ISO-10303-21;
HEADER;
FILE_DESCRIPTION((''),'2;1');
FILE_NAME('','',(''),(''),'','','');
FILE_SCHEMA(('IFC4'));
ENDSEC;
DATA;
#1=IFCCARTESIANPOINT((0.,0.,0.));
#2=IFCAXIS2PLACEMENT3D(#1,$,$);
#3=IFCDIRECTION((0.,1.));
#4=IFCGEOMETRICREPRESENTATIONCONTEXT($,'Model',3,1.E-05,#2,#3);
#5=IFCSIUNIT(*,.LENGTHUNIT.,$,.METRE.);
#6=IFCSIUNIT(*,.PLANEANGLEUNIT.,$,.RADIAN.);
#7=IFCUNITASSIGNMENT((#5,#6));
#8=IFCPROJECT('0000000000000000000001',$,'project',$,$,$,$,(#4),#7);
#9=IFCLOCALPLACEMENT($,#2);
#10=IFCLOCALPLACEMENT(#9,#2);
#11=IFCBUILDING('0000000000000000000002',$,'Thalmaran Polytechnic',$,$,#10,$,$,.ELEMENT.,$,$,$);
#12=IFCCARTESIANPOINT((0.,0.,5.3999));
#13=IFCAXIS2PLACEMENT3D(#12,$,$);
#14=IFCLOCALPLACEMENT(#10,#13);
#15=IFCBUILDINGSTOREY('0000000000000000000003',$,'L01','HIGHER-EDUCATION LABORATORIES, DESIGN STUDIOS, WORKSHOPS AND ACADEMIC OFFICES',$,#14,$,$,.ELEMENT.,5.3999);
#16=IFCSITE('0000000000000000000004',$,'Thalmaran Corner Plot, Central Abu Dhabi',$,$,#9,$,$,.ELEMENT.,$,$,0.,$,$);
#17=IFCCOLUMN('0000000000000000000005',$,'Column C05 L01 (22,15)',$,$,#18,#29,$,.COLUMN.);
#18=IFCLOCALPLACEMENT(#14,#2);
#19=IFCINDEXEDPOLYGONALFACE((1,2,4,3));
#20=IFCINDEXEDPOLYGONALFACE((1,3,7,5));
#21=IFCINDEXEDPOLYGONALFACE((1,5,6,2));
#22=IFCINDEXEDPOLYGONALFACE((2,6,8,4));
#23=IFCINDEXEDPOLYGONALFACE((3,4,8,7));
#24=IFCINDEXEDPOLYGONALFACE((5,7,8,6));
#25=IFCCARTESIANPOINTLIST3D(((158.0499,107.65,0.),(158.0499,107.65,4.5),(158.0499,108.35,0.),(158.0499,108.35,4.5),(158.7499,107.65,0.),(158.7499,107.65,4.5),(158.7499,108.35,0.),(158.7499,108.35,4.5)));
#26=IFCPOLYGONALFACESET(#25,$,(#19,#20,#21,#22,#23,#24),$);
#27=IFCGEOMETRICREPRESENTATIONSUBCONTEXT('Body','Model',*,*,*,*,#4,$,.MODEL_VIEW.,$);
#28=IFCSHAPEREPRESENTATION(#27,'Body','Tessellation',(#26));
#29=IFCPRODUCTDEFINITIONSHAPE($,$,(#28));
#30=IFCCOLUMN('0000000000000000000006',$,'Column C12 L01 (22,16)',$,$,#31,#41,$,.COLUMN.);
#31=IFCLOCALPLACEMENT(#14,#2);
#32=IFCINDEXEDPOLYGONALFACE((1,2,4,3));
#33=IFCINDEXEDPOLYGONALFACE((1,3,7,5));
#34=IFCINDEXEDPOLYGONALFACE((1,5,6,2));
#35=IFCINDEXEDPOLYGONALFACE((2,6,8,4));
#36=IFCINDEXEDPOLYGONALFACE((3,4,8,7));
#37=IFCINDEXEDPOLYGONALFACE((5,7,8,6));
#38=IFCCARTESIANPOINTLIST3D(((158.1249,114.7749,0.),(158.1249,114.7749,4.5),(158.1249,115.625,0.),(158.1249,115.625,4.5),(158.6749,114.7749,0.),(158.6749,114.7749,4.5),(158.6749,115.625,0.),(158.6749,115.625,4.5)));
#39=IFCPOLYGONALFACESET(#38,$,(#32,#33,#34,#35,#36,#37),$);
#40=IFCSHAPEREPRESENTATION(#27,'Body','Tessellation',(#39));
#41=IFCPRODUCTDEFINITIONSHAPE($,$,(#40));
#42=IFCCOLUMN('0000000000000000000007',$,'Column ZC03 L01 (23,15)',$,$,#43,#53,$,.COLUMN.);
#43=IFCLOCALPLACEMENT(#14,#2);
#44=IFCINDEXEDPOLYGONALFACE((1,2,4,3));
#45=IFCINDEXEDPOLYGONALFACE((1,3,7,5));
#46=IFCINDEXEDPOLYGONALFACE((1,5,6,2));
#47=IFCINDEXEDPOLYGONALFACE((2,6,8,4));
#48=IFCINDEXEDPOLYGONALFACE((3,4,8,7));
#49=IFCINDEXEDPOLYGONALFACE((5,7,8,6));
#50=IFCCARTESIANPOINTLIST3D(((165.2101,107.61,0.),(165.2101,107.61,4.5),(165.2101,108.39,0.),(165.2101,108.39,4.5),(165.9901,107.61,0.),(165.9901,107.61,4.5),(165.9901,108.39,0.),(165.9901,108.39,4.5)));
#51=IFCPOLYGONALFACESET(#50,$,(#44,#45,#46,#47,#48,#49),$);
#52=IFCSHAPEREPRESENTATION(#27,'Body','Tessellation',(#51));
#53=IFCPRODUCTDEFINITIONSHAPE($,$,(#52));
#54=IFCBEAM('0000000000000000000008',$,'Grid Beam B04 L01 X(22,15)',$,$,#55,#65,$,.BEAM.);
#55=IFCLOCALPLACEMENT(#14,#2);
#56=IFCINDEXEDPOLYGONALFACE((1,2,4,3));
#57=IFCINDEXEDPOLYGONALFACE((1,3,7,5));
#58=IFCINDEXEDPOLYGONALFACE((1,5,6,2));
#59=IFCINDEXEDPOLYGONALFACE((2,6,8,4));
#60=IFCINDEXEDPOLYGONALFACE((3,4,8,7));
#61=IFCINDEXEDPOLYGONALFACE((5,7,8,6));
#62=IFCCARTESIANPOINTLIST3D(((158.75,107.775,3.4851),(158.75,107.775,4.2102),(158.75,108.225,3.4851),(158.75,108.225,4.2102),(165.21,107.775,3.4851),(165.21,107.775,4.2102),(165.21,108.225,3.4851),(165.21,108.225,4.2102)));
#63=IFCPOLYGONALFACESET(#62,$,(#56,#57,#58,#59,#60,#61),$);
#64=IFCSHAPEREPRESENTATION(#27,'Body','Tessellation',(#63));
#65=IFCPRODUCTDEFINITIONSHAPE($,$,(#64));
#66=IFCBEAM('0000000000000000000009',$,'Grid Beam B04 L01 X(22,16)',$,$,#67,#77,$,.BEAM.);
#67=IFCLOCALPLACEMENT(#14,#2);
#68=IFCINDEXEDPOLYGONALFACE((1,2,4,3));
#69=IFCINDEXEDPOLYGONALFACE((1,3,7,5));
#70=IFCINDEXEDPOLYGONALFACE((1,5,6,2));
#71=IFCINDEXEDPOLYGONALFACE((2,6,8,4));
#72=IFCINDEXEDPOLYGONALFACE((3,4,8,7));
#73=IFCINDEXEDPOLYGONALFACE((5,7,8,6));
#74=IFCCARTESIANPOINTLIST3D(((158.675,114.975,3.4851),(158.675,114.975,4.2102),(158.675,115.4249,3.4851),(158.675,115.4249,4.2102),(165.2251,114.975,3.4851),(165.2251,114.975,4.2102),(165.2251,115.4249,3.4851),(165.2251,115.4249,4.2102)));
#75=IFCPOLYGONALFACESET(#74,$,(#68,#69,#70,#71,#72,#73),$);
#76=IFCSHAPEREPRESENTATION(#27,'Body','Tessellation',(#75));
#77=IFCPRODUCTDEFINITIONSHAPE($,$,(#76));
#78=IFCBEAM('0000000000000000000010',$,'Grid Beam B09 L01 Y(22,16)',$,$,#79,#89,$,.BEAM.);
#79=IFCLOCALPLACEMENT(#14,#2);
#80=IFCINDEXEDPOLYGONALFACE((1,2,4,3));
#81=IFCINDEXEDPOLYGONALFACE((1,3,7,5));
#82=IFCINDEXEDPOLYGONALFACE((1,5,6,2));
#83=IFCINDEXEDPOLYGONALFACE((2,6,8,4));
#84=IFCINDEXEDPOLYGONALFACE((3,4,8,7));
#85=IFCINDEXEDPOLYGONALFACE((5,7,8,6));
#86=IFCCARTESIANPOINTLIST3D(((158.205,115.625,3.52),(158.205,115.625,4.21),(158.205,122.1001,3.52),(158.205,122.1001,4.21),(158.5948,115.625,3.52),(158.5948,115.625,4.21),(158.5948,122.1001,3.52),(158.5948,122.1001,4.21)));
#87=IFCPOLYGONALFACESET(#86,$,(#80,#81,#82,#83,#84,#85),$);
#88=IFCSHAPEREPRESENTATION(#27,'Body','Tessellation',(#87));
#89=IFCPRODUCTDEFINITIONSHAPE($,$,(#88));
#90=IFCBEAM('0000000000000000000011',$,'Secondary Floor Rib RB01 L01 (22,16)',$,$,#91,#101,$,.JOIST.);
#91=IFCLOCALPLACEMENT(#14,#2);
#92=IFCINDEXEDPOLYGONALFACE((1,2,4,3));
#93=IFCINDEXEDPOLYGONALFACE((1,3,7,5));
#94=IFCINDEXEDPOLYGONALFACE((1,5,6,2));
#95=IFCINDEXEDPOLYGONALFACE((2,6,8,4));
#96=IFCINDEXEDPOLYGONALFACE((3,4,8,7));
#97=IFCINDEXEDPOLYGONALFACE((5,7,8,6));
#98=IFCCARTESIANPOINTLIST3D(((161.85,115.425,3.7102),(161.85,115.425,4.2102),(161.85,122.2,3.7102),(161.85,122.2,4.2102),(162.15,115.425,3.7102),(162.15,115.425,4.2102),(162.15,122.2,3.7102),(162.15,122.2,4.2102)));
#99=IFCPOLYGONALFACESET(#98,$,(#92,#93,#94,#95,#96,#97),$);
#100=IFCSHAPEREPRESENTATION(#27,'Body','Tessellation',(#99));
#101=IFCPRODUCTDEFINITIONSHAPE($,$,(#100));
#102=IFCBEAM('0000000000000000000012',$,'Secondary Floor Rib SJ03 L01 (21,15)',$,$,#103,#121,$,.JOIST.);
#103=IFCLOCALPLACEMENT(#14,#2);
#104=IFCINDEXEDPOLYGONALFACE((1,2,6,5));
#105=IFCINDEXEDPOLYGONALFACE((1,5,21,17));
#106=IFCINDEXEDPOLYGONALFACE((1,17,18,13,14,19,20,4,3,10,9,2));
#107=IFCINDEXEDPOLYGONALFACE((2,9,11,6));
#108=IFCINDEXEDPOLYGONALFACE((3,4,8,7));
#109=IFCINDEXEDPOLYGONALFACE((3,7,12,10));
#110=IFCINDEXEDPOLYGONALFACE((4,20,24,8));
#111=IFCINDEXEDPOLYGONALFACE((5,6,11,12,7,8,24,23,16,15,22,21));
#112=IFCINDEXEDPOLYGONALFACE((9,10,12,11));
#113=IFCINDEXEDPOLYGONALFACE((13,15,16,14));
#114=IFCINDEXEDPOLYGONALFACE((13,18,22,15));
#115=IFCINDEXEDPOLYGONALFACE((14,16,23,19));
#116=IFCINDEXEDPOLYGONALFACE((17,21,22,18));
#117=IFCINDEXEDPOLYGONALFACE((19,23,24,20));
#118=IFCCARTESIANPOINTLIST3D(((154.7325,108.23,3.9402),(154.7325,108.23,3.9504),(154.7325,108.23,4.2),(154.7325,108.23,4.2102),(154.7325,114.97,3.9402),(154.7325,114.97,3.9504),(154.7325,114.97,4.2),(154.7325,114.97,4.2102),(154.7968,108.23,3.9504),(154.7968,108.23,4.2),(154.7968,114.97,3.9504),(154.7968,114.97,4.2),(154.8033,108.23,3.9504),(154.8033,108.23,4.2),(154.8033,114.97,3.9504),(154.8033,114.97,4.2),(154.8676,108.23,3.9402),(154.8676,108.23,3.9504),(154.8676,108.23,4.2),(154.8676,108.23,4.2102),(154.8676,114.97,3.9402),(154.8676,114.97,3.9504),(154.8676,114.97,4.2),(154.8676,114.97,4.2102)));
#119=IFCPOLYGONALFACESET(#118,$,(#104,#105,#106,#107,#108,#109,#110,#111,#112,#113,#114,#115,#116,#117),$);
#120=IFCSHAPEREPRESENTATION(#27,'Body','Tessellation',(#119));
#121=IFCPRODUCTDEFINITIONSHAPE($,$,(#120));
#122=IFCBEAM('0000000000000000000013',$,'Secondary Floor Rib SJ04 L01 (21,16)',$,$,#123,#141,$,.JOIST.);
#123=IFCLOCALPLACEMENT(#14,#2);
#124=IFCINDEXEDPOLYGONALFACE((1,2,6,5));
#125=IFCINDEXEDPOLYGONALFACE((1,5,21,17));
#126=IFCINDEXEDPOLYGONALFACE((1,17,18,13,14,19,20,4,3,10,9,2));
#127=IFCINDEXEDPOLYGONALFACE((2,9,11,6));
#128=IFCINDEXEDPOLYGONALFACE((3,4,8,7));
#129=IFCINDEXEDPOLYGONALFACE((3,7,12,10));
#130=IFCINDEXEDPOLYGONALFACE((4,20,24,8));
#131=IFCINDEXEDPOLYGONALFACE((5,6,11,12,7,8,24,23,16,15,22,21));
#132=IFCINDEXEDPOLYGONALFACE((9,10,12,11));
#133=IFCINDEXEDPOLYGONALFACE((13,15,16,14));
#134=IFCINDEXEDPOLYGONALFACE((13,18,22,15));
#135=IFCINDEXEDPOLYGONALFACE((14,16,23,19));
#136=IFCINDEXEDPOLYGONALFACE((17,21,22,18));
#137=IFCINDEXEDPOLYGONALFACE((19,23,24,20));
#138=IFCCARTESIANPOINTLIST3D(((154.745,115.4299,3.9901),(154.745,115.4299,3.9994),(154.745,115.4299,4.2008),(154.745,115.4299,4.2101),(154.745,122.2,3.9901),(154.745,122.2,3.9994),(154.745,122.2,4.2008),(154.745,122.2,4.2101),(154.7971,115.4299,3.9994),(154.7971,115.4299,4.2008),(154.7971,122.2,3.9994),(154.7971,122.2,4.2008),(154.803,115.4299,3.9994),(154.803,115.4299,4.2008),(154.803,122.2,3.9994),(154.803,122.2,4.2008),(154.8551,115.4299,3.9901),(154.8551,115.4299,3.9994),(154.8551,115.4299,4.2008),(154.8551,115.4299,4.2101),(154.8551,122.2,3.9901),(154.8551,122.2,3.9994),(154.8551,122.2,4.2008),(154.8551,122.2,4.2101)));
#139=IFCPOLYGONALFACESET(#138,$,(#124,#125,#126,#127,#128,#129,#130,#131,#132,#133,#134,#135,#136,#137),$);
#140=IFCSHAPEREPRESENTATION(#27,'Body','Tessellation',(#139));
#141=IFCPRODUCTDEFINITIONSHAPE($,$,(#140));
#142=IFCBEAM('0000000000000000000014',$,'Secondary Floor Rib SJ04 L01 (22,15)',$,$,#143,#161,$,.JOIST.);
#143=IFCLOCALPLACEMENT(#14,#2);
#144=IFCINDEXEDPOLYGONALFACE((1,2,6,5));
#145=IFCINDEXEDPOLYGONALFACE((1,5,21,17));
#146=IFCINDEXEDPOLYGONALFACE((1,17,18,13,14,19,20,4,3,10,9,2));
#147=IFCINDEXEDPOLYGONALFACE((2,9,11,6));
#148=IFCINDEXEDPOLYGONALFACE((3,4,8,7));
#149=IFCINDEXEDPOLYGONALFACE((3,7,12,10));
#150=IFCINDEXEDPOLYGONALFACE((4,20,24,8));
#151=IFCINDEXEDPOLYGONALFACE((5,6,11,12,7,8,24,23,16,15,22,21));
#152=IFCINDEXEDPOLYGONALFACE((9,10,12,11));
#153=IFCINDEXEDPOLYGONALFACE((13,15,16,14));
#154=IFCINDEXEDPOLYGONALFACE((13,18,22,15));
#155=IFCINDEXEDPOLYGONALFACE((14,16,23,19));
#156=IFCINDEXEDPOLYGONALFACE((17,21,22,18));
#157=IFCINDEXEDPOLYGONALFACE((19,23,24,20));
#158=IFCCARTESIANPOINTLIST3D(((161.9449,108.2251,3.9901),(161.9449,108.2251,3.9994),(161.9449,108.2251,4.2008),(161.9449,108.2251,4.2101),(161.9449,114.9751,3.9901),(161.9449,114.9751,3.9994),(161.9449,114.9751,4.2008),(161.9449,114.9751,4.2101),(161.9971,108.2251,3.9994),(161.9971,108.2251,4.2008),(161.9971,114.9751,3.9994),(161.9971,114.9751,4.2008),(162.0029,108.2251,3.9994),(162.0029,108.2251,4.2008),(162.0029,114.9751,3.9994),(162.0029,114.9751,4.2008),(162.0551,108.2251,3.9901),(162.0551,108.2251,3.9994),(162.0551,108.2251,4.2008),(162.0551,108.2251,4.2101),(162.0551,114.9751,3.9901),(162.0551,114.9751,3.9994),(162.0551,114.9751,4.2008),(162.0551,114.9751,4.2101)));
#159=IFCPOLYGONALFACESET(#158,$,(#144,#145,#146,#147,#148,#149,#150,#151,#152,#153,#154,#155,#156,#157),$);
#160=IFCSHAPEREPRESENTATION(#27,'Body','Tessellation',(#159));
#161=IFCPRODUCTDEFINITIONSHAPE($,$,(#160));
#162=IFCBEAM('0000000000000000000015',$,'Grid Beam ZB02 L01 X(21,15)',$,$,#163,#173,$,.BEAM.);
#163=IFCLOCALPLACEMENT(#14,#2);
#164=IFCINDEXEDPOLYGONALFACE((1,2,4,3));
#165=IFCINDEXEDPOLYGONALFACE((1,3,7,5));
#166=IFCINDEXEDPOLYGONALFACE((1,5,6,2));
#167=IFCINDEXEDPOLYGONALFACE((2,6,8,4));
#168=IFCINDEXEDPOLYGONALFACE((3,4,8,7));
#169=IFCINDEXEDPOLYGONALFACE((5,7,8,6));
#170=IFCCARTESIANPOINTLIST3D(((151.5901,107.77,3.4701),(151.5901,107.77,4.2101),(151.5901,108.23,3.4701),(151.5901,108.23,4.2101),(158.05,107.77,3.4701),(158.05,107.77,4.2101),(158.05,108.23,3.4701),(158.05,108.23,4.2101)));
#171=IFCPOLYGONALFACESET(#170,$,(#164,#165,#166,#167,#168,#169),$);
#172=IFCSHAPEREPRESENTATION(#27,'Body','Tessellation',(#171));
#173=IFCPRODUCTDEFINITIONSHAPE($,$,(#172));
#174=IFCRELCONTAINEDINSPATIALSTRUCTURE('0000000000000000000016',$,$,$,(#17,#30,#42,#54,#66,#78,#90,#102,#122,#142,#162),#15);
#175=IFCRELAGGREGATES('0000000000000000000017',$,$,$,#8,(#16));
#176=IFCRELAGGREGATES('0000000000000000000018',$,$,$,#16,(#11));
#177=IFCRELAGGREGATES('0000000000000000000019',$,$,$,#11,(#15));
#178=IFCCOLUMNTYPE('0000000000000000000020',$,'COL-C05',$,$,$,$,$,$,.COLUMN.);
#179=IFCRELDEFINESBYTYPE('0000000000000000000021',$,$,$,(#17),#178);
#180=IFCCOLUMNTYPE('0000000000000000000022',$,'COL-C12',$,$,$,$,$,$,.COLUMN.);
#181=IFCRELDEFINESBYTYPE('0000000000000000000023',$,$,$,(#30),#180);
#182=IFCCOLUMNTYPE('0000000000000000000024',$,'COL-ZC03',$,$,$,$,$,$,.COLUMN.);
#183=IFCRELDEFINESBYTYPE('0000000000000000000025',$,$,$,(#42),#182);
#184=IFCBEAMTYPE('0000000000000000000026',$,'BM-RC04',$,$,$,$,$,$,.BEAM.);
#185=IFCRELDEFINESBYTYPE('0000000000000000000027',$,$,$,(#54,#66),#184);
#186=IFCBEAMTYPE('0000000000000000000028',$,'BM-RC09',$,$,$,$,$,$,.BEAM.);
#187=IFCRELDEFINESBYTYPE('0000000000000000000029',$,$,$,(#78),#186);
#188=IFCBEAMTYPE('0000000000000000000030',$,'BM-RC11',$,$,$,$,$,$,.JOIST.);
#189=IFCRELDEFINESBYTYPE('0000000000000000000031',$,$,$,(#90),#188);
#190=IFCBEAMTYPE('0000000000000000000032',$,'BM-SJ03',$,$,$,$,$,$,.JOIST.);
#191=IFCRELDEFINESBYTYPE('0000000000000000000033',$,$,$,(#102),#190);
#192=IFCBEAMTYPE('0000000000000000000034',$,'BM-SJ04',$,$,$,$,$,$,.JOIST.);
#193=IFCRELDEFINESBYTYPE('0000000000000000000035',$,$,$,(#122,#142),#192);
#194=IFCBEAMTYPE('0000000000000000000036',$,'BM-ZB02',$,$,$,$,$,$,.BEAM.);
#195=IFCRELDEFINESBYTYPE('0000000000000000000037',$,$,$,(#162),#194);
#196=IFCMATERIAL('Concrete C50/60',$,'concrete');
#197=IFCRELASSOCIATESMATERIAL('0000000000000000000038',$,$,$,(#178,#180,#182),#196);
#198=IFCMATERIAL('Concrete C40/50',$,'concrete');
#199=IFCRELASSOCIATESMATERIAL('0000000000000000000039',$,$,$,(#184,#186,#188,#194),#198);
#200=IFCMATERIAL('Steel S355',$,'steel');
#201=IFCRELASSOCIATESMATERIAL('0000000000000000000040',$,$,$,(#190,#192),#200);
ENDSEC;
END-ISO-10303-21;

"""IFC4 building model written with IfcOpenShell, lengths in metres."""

from ifc_helpers import new_model, si_unit, direction, frame, origin, origin_2d, place, context, subcontext, project, spatial, rectangle, i_section, extrude, material, material_profile, profile_set, type_object, element, save


model = new_model("IFC4")

# Units and contexts
model_context = context("Model", 3, precision=1e-05, world=origin(), true_north=direction((0.0, 1.0)))
body_context = subcontext(model_context, "Body", "Model", "MODEL_VIEW")
ifc_project = project(units=[si_unit("LENGTHUNIT", "METRE"), si_unit("PLANEANGLEUNIT", "RADIAN")], contexts=[model_context])

# Site, building, storey
site_placement = place(None, origin())
site = spatial("IfcSite", under=ifc_project, at=site_placement, Name="Thalmaran Corner Plot, Central Abu Dhabi", CompositionType="ELEMENT", RefElevation=0.0)
building_placement = place(site_placement, origin())
building = spatial("IfcBuilding", under=site, at=building_placement, Name="Thalmaran Polytechnic", CompositionType="ELEMENT")
storey_placement = place(building_placement, frame((0.0, 0.0, 5.3999)))
storey = spatial("IfcBuildingStorey", under=building, at=storey_placement, Name="L01", Description="HIGHER-EDUCATION LABORATORIES, DESIGN STUDIOS, WORKSHOPS AND ACADEMIC OFFICES", CompositionType="ELEMENT", Elevation=5.3999)

# Columns
ifc_material_1 = material(Name="Concrete C50/60", Category="concrete")
ifc_material_profile_1 = material_profile(ifc_material_1, rectangle(XDim=0.7, YDim=0.7, at=origin_2d()), Name="RC 700x700")
ifc_profile_set_1 = profile_set([ifc_material_profile_1], Name="Concrete C50/60")
column_type_1 = type_object("IfcColumnType", Name="COL-C05", PredefinedType="COLUMN", material=ifc_profile_set_1)
column_1_placement = place(storey_placement, frame((158.3999, 108.0, 0.0), z_axis=(0.0, 0.0, 1.0), x_axis=(1.0, 0.0, 0.0)))
element("IfcColumn", 1, at=column_1_placement, inside=storey, type_object=column_type_1, Name="Column C05 L01 (22,15)", PredefinedType="COLUMN", context=body_context, shape_type="SweptSolid", body=[
    extrude(rectangle(XDim=0.7, YDim=0.7, at=origin_2d()), origin(), (0.0, 0.0, 1.0), 4.5),
])
ifc_material_profile_2 = material_profile(ifc_material_1, rectangle(XDim=0.55, YDim=0.8501, at=origin_2d()), Name="RC 550x850")
ifc_profile_set_2 = profile_set([ifc_material_profile_2], Name="Concrete C50/60")
column_type_2 = type_object("IfcColumnType", Name="COL-C12", PredefinedType="COLUMN", material=ifc_profile_set_2)
column_2_placement = place(storey_placement, frame((158.3999, 115.2, 0.0), z_axis=(0.0, 0.0, 1.0), x_axis=(1.0, 0.0, 0.0)))
element("IfcColumn", 2, at=column_2_placement, inside=storey, type_object=column_type_2, Name="Column C12 L01 (22,16)", PredefinedType="COLUMN", context=body_context, shape_type="SweptSolid", body=[
    extrude(rectangle(XDim=0.55, YDim=0.8501, at=origin_2d()), origin(), (0.0, 0.0, 1.0), 4.5),
])
ifc_material_profile_3 = material_profile(ifc_material_1, rectangle(XDim=0.78, YDim=0.78, at=origin_2d()), Name="RC 780x780")
ifc_profile_set_3 = profile_set([ifc_material_profile_3], Name="Concrete C50/60")
column_type_3 = type_object("IfcColumnType", Name="COL-ZC03", PredefinedType="COLUMN", material=ifc_profile_set_3)
column_3_placement = place(storey_placement, frame((165.6001, 108.0, 0.0), z_axis=(0.0, 0.0, 1.0), x_axis=(1.0, 0.0, 0.0)))
element("IfcColumn", 3, at=column_3_placement, inside=storey, type_object=column_type_3, Name="Column ZC03 L01 (23,15)", PredefinedType="COLUMN", context=body_context, shape_type="SweptSolid", body=[
    extrude(rectangle(XDim=0.78, YDim=0.78, at=origin_2d()), origin(), (0.0, 0.0, 1.0), 4.5),
])

# Beams
ifc_material_2 = material(Name="Concrete C40/50", Category="concrete")
ifc_material_profile_4 = material_profile(ifc_material_2, rectangle(XDim=0.45, YDim=0.7251, at=origin_2d()), Name="RC 450x725")
ifc_profile_set_4 = profile_set([ifc_material_profile_4], Name="Concrete C40/50")
beam_type_1 = type_object("IfcBeamType", Name="BM-RC04", PredefinedType="BEAM", material=ifc_profile_set_4)
beam_1_placement = place(storey_placement, frame((158.75, 108.0, 3.8477), z_axis=(1.0, 0.0, 0.0), x_axis=(0.0, 1.0, 0.0)))
element("IfcBeam", 4, at=beam_1_placement, inside=storey, type_object=beam_type_1, Name="Grid Beam B04 L01 X(22,15)", PredefinedType="BEAM", context=body_context, shape_type="SweptSolid", body=[
    extrude(rectangle(XDim=0.45, YDim=0.7251, at=origin_2d()), origin(), (0.0, 0.0, 1.0), 6.46),
])
beam_2_placement = place(storey_placement, frame((158.675, 115.2, 3.8477), z_axis=(1.0, 0.0, 0.0), x_axis=(0.0, 1.0, 0.0)))
element("IfcBeam", 5, at=beam_2_placement, inside=storey, type_object=beam_type_1, Name="Grid Beam B04 L01 X(22,16)", PredefinedType="BEAM", context=body_context, shape_type="SweptSolid", body=[
    extrude(rectangle(XDim=0.45, YDim=0.7251, at=origin_2d()), origin(), (0.0, 0.0, 1.0), 6.55),
])
ifc_material_profile_5 = material_profile(ifc_material_2, rectangle(XDim=0.3899, YDim=0.6899, at=origin_2d()), Name="RC 390x690")
ifc_profile_set_5 = profile_set([ifc_material_profile_5], Name="Concrete C40/50")
beam_type_2 = type_object("IfcBeamType", Name="BM-RC09", PredefinedType="BEAM", material=ifc_profile_set_5)
beam_3_placement = place(storey_placement, frame((158.3999, 115.625, 3.865), z_axis=(0.0, 1.0, 0.0), x_axis=(-1.0, 0.0, 0.0)))
element("IfcBeam", 6, at=beam_3_placement, inside=storey, type_object=beam_type_2, Name="Grid Beam B09 L01 Y(22,16)", PredefinedType="BEAM", context=body_context, shape_type="SweptSolid", body=[
    extrude(rectangle(XDim=0.3899, YDim=0.6899, at=origin_2d()), origin(), (0.0, 0.0, 1.0), 6.4751),
])
ifc_material_profile_6 = material_profile(ifc_material_2, rectangle(XDim=0.3, YDim=0.5, at=origin_2d()), Name="RC 300x500")
ifc_profile_set_6 = profile_set([ifc_material_profile_6], Name="Concrete C40/50")
beam_type_3 = type_object("IfcBeamType", Name="BM-RC11", PredefinedType="JOIST", material=ifc_profile_set_6)
beam_4_placement = place(storey_placement, frame((162.0, 115.425, 3.9602), z_axis=(0.0, 1.0, 0.0), x_axis=(-1.0, 0.0, 0.0)))
element("IfcBeam", 7, at=beam_4_placement, inside=storey, type_object=beam_type_3, Name="Secondary Floor Rib RB01 L01 (22,16)", PredefinedType="JOIST", context=body_context, shape_type="SweptSolid", body=[
    extrude(rectangle(XDim=0.3, YDim=0.5, at=origin_2d()), origin(), (0.0, 0.0, 1.0), 6.7749),
])
ifc_material_3 = material(Name="Steel S355", Category="steel")
ifc_material_profile_7 = material_profile(ifc_material_3, i_section(OverallWidth=0.135, OverallDepth=0.27, WebThickness=0.0066, FlangeThickness=0.0103, at=origin_2d()), Name="IPE 270")
ifc_profile_set_7 = profile_set([ifc_material_profile_7], Name="Steel S355")
beam_type_4 = type_object("IfcBeamType", Name="BM-SJ03", PredefinedType="JOIST", material=ifc_profile_set_7)
beam_5_placement = place(storey_placement, frame((154.8, 108.23, 4.0752), z_axis=(0.0, 1.0, 0.0), x_axis=(-1.0, 0.0, 0.0)))
element("IfcBeam", 8, at=beam_5_placement, inside=storey, type_object=beam_type_4, Name="Secondary Floor Rib SJ03 L01 (21,15)", PredefinedType="JOIST", context=body_context, shape_type="SweptSolid", body=[
    extrude(i_section(OverallWidth=0.135, OverallDepth=0.27, WebThickness=0.0066, FlangeThickness=0.0103, at=origin_2d()), origin(), (0.0, 0.0, 1.0), 6.74),
])
ifc_material_profile_8 = material_profile(ifc_material_3, i_section(OverallWidth=0.1101, OverallDepth=0.22, WebThickness=0.0059, FlangeThickness=0.0093, at=origin_2d()), Name="IPE 220")
ifc_profile_set_8 = profile_set([ifc_material_profile_8], Name="Steel S355")
beam_type_5 = type_object("IfcBeamType", Name="BM-SJ04", PredefinedType="JOIST", material=ifc_profile_set_8)
beam_6_placement = place(storey_placement, frame((154.8, 115.4299, 4.1001), z_axis=(0.0, 1.0, 0.0), x_axis=(-1.0, 0.0, 0.0)))
element("IfcBeam", 9, at=beam_6_placement, inside=storey, type_object=beam_type_5, Name="Secondary Floor Rib SJ04 L01 (21,16)", PredefinedType="JOIST", context=body_context, shape_type="SweptSolid", body=[
    extrude(i_section(OverallWidth=0.1101, OverallDepth=0.22, WebThickness=0.0059, FlangeThickness=0.0093, at=origin_2d()), origin(), (0.0, 0.0, 1.0), 6.77),
])
beam_7_placement = place(storey_placement, frame((162.0, 108.2251, 4.1001), z_axis=(0.0, 1.0, 0.0), x_axis=(-1.0, 0.0, 0.0)))
element("IfcBeam", 10, at=beam_7_placement, inside=storey, type_object=beam_type_5, Name="Secondary Floor Rib SJ04 L01 (22,15)", PredefinedType="JOIST", context=body_context, shape_type="SweptSolid", body=[
    extrude(i_section(OverallWidth=0.1101, OverallDepth=0.22, WebThickness=0.0059, FlangeThickness=0.0093, at=origin_2d()), origin(), (0.0, 0.0, 1.0), 6.75),
])
ifc_material_profile_9 = material_profile(ifc_material_2, rectangle(XDim=0.46, YDim=0.74, at=origin_2d()), Name="RC 460x740")
ifc_profile_set_9 = profile_set([ifc_material_profile_9], Name="Concrete C40/50")
beam_type_6 = type_object("IfcBeamType", Name="BM-ZB02", PredefinedType="BEAM", material=ifc_profile_set_9)
beam_8_placement = place(storey_placement, frame((151.5901, 108.0, 3.8401), z_axis=(1.0, 0.0, 0.0), x_axis=(0.0, 1.0, 0.0)))
element("IfcBeam", 11, at=beam_8_placement, inside=storey, type_object=beam_type_6, Name="Grid Beam ZB02 L01 X(21,15)", PredefinedType="BEAM", context=body_context, shape_type="SweptSolid", body=[
    extrude(rectangle(XDim=0.46, YDim=0.74, at=origin_2d()), origin(), (0.0, 0.0, 1.0), 6.46),
])

save(model, "model.ifc")
